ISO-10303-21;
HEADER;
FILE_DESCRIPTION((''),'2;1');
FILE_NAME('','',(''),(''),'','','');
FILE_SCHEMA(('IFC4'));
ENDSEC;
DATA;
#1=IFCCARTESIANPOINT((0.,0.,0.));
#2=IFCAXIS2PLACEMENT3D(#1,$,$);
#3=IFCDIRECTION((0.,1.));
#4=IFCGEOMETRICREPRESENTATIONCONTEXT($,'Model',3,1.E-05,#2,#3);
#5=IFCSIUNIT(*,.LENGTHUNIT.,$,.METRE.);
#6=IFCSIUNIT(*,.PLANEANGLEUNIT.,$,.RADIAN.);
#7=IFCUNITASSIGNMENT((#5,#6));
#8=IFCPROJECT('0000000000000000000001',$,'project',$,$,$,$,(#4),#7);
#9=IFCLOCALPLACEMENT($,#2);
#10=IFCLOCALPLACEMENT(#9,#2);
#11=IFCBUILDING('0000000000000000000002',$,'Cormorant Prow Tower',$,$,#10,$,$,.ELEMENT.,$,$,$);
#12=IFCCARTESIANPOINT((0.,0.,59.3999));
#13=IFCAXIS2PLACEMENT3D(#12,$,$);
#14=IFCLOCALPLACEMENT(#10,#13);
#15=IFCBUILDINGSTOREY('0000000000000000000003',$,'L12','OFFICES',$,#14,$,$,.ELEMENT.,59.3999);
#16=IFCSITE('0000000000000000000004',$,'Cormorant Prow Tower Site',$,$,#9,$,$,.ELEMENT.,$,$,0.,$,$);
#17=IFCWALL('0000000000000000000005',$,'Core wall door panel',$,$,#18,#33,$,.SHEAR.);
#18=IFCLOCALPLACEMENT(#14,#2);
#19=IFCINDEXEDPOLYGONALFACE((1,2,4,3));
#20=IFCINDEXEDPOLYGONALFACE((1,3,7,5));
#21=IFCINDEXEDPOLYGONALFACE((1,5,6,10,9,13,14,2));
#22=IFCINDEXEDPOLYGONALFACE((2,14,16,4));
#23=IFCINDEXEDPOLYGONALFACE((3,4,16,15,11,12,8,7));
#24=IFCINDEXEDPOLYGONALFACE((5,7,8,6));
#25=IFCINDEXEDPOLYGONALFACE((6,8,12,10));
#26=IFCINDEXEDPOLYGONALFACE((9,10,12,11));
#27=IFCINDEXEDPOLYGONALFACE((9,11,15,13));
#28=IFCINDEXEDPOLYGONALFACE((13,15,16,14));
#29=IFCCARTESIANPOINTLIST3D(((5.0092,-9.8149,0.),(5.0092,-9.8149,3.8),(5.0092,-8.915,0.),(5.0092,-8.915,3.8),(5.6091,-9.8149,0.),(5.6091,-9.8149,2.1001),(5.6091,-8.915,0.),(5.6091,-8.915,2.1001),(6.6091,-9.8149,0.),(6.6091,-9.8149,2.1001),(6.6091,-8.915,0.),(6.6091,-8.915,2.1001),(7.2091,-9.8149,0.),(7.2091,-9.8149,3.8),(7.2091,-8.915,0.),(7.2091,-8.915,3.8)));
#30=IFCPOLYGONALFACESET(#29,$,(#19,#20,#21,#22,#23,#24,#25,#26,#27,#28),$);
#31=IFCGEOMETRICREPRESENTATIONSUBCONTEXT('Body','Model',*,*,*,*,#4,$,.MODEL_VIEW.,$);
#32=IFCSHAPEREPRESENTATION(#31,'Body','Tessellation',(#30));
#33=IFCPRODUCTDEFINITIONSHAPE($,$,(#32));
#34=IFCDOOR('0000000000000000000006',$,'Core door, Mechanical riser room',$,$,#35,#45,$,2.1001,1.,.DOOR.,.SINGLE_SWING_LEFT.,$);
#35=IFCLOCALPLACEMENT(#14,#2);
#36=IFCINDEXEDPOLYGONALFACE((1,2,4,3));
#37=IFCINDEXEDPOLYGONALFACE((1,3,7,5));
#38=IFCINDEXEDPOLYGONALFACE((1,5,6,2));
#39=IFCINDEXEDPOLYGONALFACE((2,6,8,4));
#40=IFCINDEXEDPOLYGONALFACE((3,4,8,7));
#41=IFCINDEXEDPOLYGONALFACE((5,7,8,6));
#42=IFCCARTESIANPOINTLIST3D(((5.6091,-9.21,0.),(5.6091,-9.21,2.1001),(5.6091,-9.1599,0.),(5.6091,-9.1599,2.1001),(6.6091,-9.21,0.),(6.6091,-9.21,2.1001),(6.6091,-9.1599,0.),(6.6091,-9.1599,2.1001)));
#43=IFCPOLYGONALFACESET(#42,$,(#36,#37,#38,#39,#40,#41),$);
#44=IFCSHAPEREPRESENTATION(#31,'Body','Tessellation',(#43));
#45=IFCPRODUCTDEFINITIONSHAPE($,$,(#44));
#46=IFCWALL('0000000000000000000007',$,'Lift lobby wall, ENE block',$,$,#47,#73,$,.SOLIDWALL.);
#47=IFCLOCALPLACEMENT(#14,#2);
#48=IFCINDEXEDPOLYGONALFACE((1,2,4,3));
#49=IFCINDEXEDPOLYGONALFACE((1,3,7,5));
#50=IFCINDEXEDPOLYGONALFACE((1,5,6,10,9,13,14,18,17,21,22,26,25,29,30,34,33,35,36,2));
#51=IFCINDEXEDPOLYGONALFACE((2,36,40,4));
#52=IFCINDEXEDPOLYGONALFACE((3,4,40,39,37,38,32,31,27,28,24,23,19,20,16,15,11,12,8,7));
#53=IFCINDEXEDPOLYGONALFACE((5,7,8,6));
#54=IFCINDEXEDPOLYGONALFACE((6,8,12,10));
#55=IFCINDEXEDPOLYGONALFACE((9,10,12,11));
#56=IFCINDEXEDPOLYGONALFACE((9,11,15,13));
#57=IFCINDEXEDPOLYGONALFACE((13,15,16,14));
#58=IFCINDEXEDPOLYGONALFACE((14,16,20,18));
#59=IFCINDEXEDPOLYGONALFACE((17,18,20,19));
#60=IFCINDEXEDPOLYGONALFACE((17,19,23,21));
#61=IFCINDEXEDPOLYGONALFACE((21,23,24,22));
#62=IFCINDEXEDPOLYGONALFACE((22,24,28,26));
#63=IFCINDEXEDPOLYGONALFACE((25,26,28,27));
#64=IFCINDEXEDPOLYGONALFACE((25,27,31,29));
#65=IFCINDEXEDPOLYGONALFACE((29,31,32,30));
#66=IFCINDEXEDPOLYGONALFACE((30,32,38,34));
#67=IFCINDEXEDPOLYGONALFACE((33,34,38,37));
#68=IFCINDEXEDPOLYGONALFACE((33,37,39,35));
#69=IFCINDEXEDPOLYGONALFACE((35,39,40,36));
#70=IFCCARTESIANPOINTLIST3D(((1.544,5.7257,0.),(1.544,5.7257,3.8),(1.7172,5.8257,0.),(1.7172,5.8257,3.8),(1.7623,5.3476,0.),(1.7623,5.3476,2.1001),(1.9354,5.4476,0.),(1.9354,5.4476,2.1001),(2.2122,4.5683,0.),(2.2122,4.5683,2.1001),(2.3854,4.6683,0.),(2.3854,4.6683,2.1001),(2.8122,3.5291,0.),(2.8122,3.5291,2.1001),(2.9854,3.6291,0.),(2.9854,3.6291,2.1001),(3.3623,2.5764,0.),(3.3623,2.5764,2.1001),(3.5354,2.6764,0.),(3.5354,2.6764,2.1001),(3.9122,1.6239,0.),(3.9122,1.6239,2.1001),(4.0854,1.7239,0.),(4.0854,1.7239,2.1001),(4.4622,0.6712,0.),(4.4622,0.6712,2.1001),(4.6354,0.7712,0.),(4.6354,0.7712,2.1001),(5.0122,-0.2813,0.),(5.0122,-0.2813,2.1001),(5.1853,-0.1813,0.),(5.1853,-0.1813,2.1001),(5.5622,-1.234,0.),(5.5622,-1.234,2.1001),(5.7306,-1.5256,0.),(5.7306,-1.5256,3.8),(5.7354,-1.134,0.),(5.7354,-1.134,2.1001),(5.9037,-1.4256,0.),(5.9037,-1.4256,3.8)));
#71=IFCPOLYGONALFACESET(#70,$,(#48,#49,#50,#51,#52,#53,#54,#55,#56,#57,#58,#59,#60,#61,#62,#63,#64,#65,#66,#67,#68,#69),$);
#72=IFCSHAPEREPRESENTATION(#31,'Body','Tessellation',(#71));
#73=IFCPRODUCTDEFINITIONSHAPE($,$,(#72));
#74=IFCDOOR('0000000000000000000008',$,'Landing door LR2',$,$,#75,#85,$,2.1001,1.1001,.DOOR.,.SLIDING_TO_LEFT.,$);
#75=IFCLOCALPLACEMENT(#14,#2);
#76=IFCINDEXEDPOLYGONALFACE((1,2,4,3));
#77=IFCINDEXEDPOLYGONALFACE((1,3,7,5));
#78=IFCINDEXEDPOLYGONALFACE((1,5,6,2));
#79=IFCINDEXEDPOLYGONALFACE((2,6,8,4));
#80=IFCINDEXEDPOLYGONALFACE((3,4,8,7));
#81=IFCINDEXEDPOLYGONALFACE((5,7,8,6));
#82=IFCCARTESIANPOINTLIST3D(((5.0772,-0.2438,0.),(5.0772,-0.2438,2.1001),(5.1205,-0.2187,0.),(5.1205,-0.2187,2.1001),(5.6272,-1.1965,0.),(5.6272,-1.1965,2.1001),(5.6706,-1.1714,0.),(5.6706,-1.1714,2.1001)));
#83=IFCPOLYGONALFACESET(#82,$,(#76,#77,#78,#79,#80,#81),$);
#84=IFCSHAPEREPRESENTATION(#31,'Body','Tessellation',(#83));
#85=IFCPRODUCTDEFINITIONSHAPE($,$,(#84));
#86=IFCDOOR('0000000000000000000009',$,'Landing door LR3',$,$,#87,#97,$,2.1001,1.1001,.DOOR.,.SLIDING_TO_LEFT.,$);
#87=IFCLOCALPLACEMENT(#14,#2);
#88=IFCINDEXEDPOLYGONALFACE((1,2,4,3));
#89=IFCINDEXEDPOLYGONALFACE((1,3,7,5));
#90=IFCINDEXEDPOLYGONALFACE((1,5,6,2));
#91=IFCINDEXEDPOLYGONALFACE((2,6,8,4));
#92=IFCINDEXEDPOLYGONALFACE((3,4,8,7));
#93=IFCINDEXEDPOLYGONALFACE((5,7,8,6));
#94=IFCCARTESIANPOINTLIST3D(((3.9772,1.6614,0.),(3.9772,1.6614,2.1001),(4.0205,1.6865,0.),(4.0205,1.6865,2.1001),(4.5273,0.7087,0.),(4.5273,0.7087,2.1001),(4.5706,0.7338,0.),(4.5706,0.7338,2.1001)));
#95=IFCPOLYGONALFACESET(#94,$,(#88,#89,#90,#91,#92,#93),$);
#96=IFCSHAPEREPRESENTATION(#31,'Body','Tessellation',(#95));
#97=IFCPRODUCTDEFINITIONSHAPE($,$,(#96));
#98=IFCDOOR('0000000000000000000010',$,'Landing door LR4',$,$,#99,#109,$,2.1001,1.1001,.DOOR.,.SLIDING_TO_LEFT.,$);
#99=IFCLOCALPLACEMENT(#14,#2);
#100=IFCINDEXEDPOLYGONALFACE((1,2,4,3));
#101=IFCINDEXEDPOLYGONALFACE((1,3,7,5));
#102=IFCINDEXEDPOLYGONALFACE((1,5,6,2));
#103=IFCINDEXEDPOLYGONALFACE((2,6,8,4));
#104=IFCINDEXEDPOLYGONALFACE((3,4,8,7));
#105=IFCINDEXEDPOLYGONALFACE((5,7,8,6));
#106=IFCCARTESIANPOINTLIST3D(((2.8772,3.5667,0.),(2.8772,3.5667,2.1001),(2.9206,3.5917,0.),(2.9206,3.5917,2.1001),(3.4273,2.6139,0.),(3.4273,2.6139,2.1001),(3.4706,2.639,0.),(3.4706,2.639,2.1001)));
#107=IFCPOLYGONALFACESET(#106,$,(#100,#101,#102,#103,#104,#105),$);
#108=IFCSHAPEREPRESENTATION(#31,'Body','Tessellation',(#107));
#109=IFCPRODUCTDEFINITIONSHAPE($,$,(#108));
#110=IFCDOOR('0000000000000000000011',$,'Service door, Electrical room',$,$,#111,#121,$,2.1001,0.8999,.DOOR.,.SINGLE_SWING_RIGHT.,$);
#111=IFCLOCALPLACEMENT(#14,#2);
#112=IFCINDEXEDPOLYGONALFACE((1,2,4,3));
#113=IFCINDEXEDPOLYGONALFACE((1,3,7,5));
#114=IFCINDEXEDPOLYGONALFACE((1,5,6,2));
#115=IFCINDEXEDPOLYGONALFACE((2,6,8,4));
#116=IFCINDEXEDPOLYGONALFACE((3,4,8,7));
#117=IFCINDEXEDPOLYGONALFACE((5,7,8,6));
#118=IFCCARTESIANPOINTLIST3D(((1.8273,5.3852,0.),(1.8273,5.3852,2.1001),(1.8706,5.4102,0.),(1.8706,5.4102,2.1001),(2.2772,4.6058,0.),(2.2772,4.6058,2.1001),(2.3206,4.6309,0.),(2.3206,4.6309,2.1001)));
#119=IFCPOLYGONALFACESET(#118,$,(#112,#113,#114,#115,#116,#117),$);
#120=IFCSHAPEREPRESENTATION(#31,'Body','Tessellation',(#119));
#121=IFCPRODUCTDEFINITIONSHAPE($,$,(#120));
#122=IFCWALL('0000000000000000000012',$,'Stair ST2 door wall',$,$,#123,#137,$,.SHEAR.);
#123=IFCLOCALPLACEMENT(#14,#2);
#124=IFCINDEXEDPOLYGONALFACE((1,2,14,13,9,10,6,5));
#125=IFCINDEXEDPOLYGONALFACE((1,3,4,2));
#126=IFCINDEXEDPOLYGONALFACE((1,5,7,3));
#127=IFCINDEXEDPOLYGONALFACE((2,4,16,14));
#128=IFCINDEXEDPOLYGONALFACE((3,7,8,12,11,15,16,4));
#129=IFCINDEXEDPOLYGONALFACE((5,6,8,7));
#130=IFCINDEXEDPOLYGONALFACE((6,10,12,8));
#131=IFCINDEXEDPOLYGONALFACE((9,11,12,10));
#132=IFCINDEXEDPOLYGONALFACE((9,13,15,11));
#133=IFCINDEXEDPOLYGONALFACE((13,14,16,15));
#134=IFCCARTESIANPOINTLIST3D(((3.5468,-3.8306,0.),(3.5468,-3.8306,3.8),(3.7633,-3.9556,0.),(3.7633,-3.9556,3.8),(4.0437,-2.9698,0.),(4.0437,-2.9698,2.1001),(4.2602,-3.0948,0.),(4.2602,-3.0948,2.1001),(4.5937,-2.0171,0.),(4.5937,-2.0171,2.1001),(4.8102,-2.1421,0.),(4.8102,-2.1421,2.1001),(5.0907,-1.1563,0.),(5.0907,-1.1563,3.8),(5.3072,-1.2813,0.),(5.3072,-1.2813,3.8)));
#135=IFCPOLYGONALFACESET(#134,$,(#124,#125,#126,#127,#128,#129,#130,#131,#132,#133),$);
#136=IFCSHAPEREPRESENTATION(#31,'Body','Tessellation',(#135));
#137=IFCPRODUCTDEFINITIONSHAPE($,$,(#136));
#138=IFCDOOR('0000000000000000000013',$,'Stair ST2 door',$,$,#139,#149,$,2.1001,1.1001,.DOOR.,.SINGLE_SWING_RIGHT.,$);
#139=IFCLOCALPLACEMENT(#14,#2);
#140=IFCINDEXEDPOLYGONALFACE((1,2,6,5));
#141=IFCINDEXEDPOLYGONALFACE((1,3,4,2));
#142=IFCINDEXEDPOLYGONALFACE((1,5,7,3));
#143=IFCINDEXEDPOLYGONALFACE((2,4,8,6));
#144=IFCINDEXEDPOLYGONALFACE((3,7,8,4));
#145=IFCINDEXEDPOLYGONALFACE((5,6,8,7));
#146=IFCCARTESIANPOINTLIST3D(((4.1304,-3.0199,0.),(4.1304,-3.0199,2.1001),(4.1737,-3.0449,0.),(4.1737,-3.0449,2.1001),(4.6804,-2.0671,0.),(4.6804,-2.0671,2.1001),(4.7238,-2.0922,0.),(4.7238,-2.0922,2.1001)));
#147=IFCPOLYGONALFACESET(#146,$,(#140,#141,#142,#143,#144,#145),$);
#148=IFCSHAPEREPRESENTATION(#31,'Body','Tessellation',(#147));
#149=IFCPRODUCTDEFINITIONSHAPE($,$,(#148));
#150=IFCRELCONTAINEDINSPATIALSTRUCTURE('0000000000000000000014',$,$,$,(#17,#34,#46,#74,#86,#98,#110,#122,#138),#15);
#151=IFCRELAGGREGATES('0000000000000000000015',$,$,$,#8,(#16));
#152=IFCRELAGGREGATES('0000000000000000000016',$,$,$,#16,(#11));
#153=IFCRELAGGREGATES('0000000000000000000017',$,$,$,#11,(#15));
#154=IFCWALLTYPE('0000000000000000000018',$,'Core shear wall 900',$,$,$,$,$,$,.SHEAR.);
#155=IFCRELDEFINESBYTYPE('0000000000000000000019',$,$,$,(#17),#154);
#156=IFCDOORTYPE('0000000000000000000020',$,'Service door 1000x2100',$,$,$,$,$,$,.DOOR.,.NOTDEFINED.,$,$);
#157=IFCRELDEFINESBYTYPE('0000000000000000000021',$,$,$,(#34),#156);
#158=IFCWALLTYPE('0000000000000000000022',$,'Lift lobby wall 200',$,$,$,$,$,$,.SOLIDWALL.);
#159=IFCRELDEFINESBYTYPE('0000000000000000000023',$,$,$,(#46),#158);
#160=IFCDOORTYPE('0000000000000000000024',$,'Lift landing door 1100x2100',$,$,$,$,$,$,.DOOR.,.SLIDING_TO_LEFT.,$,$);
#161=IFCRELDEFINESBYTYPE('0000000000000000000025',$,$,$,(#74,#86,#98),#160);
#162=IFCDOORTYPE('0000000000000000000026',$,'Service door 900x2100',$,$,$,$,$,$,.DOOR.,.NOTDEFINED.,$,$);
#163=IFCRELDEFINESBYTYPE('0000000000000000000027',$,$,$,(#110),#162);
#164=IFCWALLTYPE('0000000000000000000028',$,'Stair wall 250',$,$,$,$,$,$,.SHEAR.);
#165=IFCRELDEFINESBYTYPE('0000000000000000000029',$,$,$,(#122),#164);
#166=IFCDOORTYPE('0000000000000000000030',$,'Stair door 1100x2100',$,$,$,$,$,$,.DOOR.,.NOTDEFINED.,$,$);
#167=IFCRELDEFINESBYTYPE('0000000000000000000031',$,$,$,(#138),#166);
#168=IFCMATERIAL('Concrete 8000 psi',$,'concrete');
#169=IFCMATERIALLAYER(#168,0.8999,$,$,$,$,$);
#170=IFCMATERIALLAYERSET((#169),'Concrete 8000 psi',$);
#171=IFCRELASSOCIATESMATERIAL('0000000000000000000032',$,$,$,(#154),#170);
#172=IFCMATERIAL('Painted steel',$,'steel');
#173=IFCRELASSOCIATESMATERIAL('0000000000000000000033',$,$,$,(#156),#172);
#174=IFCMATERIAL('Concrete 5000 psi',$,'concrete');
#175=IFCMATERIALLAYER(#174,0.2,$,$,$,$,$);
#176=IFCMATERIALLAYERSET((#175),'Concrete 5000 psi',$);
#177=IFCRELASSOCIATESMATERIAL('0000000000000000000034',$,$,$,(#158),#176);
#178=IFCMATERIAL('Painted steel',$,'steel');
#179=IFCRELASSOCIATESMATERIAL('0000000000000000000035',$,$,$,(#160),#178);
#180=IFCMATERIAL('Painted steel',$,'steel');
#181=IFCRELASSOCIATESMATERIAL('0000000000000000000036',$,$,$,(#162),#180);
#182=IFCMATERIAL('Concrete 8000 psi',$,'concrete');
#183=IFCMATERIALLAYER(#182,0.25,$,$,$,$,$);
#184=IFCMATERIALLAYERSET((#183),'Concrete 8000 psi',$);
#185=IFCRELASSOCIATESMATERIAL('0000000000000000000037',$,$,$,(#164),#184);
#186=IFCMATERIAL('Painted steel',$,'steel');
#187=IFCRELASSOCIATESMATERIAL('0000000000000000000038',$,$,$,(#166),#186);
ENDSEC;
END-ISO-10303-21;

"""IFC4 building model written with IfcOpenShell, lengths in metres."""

from ifc_helpers import new_model, si_unit, direction, frame, frame_2d, origin, place, context, subcontext, project, spatial, rectangle, extrude, material, layer, layer_set, type_object, element, fill, save


model = new_model("IFC4")

# Units and contexts
model_context = context("Model", 3, precision=1e-05, world=origin(), true_north=direction((0.0, 1.0)))
body_context = subcontext(model_context, "Body", "Model", "MODEL_VIEW")
ifc_project = project(units=[si_unit("LENGTHUNIT", "METRE"), si_unit("PLANEANGLEUNIT", "RADIAN")], contexts=[model_context])

# Site, building, storey
site_placement = place(None, origin())
site = spatial("IfcSite", under=ifc_project, at=site_placement, Name="Cormorant Prow Tower Site", CompositionType="ELEMENT", RefElevation=0.0)
building_placement = place(site_placement, origin())
building = spatial("IfcBuilding", under=site, at=building_placement, Name="Cormorant Prow Tower", CompositionType="ELEMENT")
storey_placement = place(building_placement, frame((0.0, 0.0, 59.3999)))
storey = spatial("IfcBuildingStorey", under=building, at=storey_placement, Name="L12", Description="OFFICES", CompositionType="ELEMENT", Elevation=59.3999)

# Shared definitions
ifc_material_1 = material(Name="Concrete 8000 psi", Category="concrete")
ifc_layer_1 = layer(ifc_material_1, 0.8999)
ifc_layer_set_1 = layer_set([ifc_layer_1], Name="Concrete 8000 psi")
wall_type_1 = type_object("IfcWallType", Name="Core shear wall 900", PredefinedType="SHEAR", material=ifc_layer_set_1)

# Wall, opening, door
ifc_material_2 = material(Name="Painted steel", Category="steel")
door_type_1 = type_object("IfcDoorType", Name="Service door 1000x2100", OperationType="NOTDEFINED", PredefinedType="DOOR", material=ifc_material_2)
wall_1_placement = place(storey_placement, frame((5.009, -9.365, 0.0), z_axis=(0.0, 0.0, 1.0), x_axis=(1.0, 0.0, 0.0)))
wall_1 = element("IfcWall", 1, at=wall_1_placement, inside=storey, type_object=wall_type_1, Name="Core wall door panel", PredefinedType="SHEAR", context=body_context, shape_type="SweptSolid", body=[
    extrude(rectangle(XDim=2.2, YDim=0.8999, at=frame_2d((1.1001, 0.0))), origin(), (0.0, 0.0, 1.0), 3.8),
])
opening_1_placement = place(wall_1_placement, frame((0.6001, 0.0, 0.0)))
opening_1 = element("IfcOpeningElement", 2, at=opening_1_placement, cuts=wall_1, PredefinedType="OPENING", context=body_context, shape_type="SweptSolid", body=[
    extrude(rectangle(XDim=1.0, YDim=2.1001, at=frame_2d((0.5, 1.05))), frame((0.0, 0.46, 0.0), z_axis=(0.0, -1.0, 0.0), x_axis=(1.0, 0.0, 0.0)), (0.0, 0.0, 1.0), 0.9199),
])
door_1_placement = place(opening_1_placement, origin())
door_1 = element("IfcDoor", 3, at=door_1_placement, inside=storey, type_object=door_type_1, Name="Core door, Mechanical riser room", OperationType="SINGLE_SWING_LEFT", OverallHeight=2.1001, OverallWidth=1.0, PredefinedType="DOOR", context=body_context, shape_type="SweptSolid", body=[
    extrude(rectangle(XDim=1.0, YDim=2.1001, at=frame_2d((0.5, 1.05))), frame((0.0, 0.2051, 0.0), z_axis=(0.0, -1.0, 0.0), x_axis=(1.0, 0.0, 0.0)), (0.0, 0.0, 1.0), 0.05),
])
fill(opening_1, door_1)

# Wall, openings, doors
ifc_material_3 = material(Name="Concrete 5000 psi", Category="concrete")
ifc_layer_2 = layer(ifc_material_3, 0.2)
ifc_layer_set_2 = layer_set([ifc_layer_2], Name="Concrete 5000 psi")
wall_type_2 = type_object("IfcWallType", Name="Lift lobby wall 200", PredefinedType="SOLIDWALL", material=ifc_layer_set_2)
wall_2_placement = place(storey_placement, frame((5.8171, -1.4756, 0.0), z_axis=(0.0, 0.0, 1.0), x_axis=(-0.500003, 0.866024, 0.0)))
wall_2 = element("IfcWall", 4, at=wall_2_placement, inside=storey, type_object=wall_type_2, Name="Lift lobby wall, ENE block", PredefinedType="SOLIDWALL", context=body_context, shape_type="SweptSolid", body=[
    extrude(rectangle(XDim=8.373, YDim=0.2, at=frame_2d((4.1865, 0.0))), origin(), (0.0, 0.0, 1.0), 3.8),
])
opening_2_placement = place(wall_2_placement, frame((0.3367, 0.0, 0.0)))
opening_2 = element("IfcOpeningElement", 5, at=opening_2_placement, cuts=wall_2, PredefinedType="OPENING", context=body_context, shape_type="SweptSolid", body=[
    extrude(rectangle(XDim=1.1001, YDim=2.1001, at=frame_2d((0.55, 1.05))), frame((0.0, 0.1099, 0.0), z_axis=(0.0, -1.0, 0.0), x_axis=(1.0, 0.0, 0.0)), (0.0, 0.0, 1.0), 0.22),
])
opening_3_placement = place(wall_2_placement, frame((2.5366, 0.0, 0.0)))
opening_3 = element("IfcOpeningElement", 6, at=opening_3_placement, cuts=wall_2, PredefinedType="OPENING", context=body_context, shape_type="SweptSolid", body=[
    extrude(rectangle(XDim=1.1001, YDim=2.1001, at=frame_2d((0.55, 1.05))), frame((0.0, 0.1099, 0.0), z_axis=(0.0, -1.0, 0.0), x_axis=(1.0, 0.0, 0.0)), (0.0, 0.0, 1.0), 0.22),
])
opening_4_placement = place(wall_2_placement, frame((4.7366, 0.0, 0.0)))
opening_4 = element("IfcOpeningElement", 7, at=opening_4_placement, cuts=wall_2, PredefinedType="OPENING", context=body_context, shape_type="SweptSolid", body=[
    extrude(rectangle(XDim=1.1001, YDim=2.1001, at=frame_2d((0.55, 1.05))), frame((0.0, 0.1099, 0.0), z_axis=(0.0, -1.0, 0.0), x_axis=(1.0, 0.0, 0.0)), (0.0, 0.0, 1.0), 0.22),
])
opening_5_placement = place(wall_2_placement, frame((7.0366, 0.0, 0.0)))
opening_5 = element("IfcOpeningElement", 8, at=opening_5_placement, cuts=wall_2, PredefinedType="OPENING", context=body_context, shape_type="SweptSolid", body=[
    extrude(rectangle(XDim=0.8999, YDim=2.1001, at=frame_2d((0.45, 1.05))), frame((0.0, 0.1099, 0.0), z_axis=(0.0, -1.0, 0.0), x_axis=(1.0, 0.0, 0.0)), (0.0, 0.0, 1.0), 0.22),
])
ifc_material_4 = material(Name="Painted steel", Category="steel")
door_type_2 = type_object("IfcDoorType", Name="Lift landing door 1100x2100", OperationType="SLIDING_TO_LEFT", PredefinedType="DOOR", material=ifc_material_4)
door_2_placement = place(opening_2_placement, origin())
door_2 = element("IfcDoor", 9, at=door_2_placement, inside=storey, type_object=door_type_2, Name="Landing door LR2", OperationType="SLIDING_TO_LEFT", OverallHeight=2.1001, OverallWidth=1.1001, PredefinedType="DOOR", context=body_context, shape_type="SweptSolid", body=[
    extrude(rectangle(XDim=1.1001, YDim=2.1001, at=frame_2d((0.55, 1.05))), frame((0.0, 0.0249, 0.0), z_axis=(0.0, -1.0, 0.0), x_axis=(1.0, 0.0, 0.0)), (0.0, 0.0, 1.0), 0.05),
])
fill(opening_2, door_2)
door_3_placement = place(opening_3_placement, origin())
door_3 = element("IfcDoor", 10, at=door_3_placement, inside=storey, type_object=door_type_2, Name="Landing door LR3", OperationType="SLIDING_TO_LEFT", OverallHeight=2.1001, OverallWidth=1.1001, PredefinedType="DOOR", context=body_context, shape_type="SweptSolid", body=[
    extrude(rectangle(XDim=1.1001, YDim=2.1001, at=frame_2d((0.55, 1.05))), frame((0.0, 0.0249, 0.0), z_axis=(0.0, -1.0, 0.0), x_axis=(1.0, 0.0, 0.0)), (0.0, 0.0, 1.0), 0.05),
])
fill(opening_3, door_3)
door_4_placement = place(opening_4_placement, origin())
door_4 = element("IfcDoor", 11, at=door_4_placement, inside=storey, type_object=door_type_2, Name="Landing door LR4", OperationType="SLIDING_TO_LEFT", OverallHeight=2.1001, OverallWidth=1.1001, PredefinedType="DOOR", context=body_context, shape_type="SweptSolid", body=[
    extrude(rectangle(XDim=1.1001, YDim=2.1001, at=frame_2d((0.55, 1.05))), frame((0.0, 0.0249, 0.0), z_axis=(0.0, -1.0, 0.0), x_axis=(1.0, 0.0, 0.0)), (0.0, 0.0, 1.0), 0.05),
])
fill(opening_4, door_4)
ifc_material_5 = material(Name="Painted steel", Category="steel")
door_type_3 = type_object("IfcDoorType", Name="Service door 900x2100", OperationType="NOTDEFINED", PredefinedType="DOOR", material=ifc_material_5)
door_5_placement = place(opening_5_placement, origin())
door_5 = element("IfcDoor", 12, at=door_5_placement, inside=storey, type_object=door_type_3, Name="Service door, Electrical room", OperationType="SINGLE_SWING_RIGHT", OverallHeight=2.1001, OverallWidth=0.8999, PredefinedType="DOOR", context=body_context, shape_type="SweptSolid", body=[
    extrude(rectangle(XDim=0.8999, YDim=2.1001, at=frame_2d((0.45, 1.05))), frame((0.0, 0.0249, 0.0), z_axis=(0.0, -1.0, 0.0), x_axis=(1.0, 0.0, 0.0)), (0.0, 0.0, 1.0), 0.05),
])
fill(opening_5, door_5)

# Wall, opening, door
ifc_material_6 = material(Name="Concrete 8000 psi", Category="concrete")
ifc_layer_3 = layer(ifc_material_6, 0.25)
ifc_layer_set_3 = layer_set([ifc_layer_3], Name="Concrete 8000 psi")
wall_type_3 = type_object("IfcWallType", Name="Stair wall 250", PredefinedType="SHEAR", material=ifc_layer_set_3)
wall_3_placement = place(storey_placement, frame((3.655, -3.8931, 0.0), z_axis=(0.0, 0.0, 1.0), x_axis=(0.499983, 0.866035, 0.0)))
wall_3 = element("IfcWall", 13, at=wall_3_placement, inside=storey, type_object=wall_type_3, Name="Stair ST2 door wall", PredefinedType="SHEAR", context=body_context, shape_type="SweptSolid", body=[
    extrude(rectangle(XDim=3.0879, YDim=0.25, at=frame_2d((1.5439, 0.0))), origin(), (0.0, 0.0, 1.0), 3.8),
])
opening_6_placement = place(wall_3_placement, frame((0.9939, 0.0, 0.0)))
opening_6 = element("IfcOpeningElement", 14, at=opening_6_placement, cuts=wall_3, PredefinedType="OPENING", context=body_context, shape_type="SweptSolid", body=[
    extrude(rectangle(XDim=1.1001, YDim=2.1001, at=frame_2d((0.55, 1.05))), frame((0.0, 0.135, 0.0), z_axis=(0.0, -1.0, 0.0), x_axis=(1.0, 0.0, 0.0)), (0.0, 0.0, 1.0), 0.27),
])
ifc_material_7 = material(Name="Painted steel", Category="steel")
door_type_4 = type_object("IfcDoorType", Name="Stair door 1100x2100", OperationType="NOTDEFINED", PredefinedType="DOOR", material=ifc_material_7)
door_6_placement = place(opening_6_placement, origin())
door_6 = element("IfcDoor", 15, at=door_6_placement, inside=storey, type_object=door_type_4, Name="Stair ST2 door", OperationType="SINGLE_SWING_RIGHT", OverallHeight=2.1001, OverallWidth=1.1001, PredefinedType="DOOR", context=body_context, shape_type="SweptSolid", body=[
    extrude(rectangle(XDim=1.1001, YDim=2.1001, at=frame_2d((0.55, 1.05))), frame((0.0, 0.0249, 0.0), z_axis=(0.0, -1.0, 0.0), x_axis=(1.0, 0.0, 0.0)), (0.0, 0.0, 1.0), 0.05),
])
fill(opening_6, door_6)

save(model, "model.ifc")
